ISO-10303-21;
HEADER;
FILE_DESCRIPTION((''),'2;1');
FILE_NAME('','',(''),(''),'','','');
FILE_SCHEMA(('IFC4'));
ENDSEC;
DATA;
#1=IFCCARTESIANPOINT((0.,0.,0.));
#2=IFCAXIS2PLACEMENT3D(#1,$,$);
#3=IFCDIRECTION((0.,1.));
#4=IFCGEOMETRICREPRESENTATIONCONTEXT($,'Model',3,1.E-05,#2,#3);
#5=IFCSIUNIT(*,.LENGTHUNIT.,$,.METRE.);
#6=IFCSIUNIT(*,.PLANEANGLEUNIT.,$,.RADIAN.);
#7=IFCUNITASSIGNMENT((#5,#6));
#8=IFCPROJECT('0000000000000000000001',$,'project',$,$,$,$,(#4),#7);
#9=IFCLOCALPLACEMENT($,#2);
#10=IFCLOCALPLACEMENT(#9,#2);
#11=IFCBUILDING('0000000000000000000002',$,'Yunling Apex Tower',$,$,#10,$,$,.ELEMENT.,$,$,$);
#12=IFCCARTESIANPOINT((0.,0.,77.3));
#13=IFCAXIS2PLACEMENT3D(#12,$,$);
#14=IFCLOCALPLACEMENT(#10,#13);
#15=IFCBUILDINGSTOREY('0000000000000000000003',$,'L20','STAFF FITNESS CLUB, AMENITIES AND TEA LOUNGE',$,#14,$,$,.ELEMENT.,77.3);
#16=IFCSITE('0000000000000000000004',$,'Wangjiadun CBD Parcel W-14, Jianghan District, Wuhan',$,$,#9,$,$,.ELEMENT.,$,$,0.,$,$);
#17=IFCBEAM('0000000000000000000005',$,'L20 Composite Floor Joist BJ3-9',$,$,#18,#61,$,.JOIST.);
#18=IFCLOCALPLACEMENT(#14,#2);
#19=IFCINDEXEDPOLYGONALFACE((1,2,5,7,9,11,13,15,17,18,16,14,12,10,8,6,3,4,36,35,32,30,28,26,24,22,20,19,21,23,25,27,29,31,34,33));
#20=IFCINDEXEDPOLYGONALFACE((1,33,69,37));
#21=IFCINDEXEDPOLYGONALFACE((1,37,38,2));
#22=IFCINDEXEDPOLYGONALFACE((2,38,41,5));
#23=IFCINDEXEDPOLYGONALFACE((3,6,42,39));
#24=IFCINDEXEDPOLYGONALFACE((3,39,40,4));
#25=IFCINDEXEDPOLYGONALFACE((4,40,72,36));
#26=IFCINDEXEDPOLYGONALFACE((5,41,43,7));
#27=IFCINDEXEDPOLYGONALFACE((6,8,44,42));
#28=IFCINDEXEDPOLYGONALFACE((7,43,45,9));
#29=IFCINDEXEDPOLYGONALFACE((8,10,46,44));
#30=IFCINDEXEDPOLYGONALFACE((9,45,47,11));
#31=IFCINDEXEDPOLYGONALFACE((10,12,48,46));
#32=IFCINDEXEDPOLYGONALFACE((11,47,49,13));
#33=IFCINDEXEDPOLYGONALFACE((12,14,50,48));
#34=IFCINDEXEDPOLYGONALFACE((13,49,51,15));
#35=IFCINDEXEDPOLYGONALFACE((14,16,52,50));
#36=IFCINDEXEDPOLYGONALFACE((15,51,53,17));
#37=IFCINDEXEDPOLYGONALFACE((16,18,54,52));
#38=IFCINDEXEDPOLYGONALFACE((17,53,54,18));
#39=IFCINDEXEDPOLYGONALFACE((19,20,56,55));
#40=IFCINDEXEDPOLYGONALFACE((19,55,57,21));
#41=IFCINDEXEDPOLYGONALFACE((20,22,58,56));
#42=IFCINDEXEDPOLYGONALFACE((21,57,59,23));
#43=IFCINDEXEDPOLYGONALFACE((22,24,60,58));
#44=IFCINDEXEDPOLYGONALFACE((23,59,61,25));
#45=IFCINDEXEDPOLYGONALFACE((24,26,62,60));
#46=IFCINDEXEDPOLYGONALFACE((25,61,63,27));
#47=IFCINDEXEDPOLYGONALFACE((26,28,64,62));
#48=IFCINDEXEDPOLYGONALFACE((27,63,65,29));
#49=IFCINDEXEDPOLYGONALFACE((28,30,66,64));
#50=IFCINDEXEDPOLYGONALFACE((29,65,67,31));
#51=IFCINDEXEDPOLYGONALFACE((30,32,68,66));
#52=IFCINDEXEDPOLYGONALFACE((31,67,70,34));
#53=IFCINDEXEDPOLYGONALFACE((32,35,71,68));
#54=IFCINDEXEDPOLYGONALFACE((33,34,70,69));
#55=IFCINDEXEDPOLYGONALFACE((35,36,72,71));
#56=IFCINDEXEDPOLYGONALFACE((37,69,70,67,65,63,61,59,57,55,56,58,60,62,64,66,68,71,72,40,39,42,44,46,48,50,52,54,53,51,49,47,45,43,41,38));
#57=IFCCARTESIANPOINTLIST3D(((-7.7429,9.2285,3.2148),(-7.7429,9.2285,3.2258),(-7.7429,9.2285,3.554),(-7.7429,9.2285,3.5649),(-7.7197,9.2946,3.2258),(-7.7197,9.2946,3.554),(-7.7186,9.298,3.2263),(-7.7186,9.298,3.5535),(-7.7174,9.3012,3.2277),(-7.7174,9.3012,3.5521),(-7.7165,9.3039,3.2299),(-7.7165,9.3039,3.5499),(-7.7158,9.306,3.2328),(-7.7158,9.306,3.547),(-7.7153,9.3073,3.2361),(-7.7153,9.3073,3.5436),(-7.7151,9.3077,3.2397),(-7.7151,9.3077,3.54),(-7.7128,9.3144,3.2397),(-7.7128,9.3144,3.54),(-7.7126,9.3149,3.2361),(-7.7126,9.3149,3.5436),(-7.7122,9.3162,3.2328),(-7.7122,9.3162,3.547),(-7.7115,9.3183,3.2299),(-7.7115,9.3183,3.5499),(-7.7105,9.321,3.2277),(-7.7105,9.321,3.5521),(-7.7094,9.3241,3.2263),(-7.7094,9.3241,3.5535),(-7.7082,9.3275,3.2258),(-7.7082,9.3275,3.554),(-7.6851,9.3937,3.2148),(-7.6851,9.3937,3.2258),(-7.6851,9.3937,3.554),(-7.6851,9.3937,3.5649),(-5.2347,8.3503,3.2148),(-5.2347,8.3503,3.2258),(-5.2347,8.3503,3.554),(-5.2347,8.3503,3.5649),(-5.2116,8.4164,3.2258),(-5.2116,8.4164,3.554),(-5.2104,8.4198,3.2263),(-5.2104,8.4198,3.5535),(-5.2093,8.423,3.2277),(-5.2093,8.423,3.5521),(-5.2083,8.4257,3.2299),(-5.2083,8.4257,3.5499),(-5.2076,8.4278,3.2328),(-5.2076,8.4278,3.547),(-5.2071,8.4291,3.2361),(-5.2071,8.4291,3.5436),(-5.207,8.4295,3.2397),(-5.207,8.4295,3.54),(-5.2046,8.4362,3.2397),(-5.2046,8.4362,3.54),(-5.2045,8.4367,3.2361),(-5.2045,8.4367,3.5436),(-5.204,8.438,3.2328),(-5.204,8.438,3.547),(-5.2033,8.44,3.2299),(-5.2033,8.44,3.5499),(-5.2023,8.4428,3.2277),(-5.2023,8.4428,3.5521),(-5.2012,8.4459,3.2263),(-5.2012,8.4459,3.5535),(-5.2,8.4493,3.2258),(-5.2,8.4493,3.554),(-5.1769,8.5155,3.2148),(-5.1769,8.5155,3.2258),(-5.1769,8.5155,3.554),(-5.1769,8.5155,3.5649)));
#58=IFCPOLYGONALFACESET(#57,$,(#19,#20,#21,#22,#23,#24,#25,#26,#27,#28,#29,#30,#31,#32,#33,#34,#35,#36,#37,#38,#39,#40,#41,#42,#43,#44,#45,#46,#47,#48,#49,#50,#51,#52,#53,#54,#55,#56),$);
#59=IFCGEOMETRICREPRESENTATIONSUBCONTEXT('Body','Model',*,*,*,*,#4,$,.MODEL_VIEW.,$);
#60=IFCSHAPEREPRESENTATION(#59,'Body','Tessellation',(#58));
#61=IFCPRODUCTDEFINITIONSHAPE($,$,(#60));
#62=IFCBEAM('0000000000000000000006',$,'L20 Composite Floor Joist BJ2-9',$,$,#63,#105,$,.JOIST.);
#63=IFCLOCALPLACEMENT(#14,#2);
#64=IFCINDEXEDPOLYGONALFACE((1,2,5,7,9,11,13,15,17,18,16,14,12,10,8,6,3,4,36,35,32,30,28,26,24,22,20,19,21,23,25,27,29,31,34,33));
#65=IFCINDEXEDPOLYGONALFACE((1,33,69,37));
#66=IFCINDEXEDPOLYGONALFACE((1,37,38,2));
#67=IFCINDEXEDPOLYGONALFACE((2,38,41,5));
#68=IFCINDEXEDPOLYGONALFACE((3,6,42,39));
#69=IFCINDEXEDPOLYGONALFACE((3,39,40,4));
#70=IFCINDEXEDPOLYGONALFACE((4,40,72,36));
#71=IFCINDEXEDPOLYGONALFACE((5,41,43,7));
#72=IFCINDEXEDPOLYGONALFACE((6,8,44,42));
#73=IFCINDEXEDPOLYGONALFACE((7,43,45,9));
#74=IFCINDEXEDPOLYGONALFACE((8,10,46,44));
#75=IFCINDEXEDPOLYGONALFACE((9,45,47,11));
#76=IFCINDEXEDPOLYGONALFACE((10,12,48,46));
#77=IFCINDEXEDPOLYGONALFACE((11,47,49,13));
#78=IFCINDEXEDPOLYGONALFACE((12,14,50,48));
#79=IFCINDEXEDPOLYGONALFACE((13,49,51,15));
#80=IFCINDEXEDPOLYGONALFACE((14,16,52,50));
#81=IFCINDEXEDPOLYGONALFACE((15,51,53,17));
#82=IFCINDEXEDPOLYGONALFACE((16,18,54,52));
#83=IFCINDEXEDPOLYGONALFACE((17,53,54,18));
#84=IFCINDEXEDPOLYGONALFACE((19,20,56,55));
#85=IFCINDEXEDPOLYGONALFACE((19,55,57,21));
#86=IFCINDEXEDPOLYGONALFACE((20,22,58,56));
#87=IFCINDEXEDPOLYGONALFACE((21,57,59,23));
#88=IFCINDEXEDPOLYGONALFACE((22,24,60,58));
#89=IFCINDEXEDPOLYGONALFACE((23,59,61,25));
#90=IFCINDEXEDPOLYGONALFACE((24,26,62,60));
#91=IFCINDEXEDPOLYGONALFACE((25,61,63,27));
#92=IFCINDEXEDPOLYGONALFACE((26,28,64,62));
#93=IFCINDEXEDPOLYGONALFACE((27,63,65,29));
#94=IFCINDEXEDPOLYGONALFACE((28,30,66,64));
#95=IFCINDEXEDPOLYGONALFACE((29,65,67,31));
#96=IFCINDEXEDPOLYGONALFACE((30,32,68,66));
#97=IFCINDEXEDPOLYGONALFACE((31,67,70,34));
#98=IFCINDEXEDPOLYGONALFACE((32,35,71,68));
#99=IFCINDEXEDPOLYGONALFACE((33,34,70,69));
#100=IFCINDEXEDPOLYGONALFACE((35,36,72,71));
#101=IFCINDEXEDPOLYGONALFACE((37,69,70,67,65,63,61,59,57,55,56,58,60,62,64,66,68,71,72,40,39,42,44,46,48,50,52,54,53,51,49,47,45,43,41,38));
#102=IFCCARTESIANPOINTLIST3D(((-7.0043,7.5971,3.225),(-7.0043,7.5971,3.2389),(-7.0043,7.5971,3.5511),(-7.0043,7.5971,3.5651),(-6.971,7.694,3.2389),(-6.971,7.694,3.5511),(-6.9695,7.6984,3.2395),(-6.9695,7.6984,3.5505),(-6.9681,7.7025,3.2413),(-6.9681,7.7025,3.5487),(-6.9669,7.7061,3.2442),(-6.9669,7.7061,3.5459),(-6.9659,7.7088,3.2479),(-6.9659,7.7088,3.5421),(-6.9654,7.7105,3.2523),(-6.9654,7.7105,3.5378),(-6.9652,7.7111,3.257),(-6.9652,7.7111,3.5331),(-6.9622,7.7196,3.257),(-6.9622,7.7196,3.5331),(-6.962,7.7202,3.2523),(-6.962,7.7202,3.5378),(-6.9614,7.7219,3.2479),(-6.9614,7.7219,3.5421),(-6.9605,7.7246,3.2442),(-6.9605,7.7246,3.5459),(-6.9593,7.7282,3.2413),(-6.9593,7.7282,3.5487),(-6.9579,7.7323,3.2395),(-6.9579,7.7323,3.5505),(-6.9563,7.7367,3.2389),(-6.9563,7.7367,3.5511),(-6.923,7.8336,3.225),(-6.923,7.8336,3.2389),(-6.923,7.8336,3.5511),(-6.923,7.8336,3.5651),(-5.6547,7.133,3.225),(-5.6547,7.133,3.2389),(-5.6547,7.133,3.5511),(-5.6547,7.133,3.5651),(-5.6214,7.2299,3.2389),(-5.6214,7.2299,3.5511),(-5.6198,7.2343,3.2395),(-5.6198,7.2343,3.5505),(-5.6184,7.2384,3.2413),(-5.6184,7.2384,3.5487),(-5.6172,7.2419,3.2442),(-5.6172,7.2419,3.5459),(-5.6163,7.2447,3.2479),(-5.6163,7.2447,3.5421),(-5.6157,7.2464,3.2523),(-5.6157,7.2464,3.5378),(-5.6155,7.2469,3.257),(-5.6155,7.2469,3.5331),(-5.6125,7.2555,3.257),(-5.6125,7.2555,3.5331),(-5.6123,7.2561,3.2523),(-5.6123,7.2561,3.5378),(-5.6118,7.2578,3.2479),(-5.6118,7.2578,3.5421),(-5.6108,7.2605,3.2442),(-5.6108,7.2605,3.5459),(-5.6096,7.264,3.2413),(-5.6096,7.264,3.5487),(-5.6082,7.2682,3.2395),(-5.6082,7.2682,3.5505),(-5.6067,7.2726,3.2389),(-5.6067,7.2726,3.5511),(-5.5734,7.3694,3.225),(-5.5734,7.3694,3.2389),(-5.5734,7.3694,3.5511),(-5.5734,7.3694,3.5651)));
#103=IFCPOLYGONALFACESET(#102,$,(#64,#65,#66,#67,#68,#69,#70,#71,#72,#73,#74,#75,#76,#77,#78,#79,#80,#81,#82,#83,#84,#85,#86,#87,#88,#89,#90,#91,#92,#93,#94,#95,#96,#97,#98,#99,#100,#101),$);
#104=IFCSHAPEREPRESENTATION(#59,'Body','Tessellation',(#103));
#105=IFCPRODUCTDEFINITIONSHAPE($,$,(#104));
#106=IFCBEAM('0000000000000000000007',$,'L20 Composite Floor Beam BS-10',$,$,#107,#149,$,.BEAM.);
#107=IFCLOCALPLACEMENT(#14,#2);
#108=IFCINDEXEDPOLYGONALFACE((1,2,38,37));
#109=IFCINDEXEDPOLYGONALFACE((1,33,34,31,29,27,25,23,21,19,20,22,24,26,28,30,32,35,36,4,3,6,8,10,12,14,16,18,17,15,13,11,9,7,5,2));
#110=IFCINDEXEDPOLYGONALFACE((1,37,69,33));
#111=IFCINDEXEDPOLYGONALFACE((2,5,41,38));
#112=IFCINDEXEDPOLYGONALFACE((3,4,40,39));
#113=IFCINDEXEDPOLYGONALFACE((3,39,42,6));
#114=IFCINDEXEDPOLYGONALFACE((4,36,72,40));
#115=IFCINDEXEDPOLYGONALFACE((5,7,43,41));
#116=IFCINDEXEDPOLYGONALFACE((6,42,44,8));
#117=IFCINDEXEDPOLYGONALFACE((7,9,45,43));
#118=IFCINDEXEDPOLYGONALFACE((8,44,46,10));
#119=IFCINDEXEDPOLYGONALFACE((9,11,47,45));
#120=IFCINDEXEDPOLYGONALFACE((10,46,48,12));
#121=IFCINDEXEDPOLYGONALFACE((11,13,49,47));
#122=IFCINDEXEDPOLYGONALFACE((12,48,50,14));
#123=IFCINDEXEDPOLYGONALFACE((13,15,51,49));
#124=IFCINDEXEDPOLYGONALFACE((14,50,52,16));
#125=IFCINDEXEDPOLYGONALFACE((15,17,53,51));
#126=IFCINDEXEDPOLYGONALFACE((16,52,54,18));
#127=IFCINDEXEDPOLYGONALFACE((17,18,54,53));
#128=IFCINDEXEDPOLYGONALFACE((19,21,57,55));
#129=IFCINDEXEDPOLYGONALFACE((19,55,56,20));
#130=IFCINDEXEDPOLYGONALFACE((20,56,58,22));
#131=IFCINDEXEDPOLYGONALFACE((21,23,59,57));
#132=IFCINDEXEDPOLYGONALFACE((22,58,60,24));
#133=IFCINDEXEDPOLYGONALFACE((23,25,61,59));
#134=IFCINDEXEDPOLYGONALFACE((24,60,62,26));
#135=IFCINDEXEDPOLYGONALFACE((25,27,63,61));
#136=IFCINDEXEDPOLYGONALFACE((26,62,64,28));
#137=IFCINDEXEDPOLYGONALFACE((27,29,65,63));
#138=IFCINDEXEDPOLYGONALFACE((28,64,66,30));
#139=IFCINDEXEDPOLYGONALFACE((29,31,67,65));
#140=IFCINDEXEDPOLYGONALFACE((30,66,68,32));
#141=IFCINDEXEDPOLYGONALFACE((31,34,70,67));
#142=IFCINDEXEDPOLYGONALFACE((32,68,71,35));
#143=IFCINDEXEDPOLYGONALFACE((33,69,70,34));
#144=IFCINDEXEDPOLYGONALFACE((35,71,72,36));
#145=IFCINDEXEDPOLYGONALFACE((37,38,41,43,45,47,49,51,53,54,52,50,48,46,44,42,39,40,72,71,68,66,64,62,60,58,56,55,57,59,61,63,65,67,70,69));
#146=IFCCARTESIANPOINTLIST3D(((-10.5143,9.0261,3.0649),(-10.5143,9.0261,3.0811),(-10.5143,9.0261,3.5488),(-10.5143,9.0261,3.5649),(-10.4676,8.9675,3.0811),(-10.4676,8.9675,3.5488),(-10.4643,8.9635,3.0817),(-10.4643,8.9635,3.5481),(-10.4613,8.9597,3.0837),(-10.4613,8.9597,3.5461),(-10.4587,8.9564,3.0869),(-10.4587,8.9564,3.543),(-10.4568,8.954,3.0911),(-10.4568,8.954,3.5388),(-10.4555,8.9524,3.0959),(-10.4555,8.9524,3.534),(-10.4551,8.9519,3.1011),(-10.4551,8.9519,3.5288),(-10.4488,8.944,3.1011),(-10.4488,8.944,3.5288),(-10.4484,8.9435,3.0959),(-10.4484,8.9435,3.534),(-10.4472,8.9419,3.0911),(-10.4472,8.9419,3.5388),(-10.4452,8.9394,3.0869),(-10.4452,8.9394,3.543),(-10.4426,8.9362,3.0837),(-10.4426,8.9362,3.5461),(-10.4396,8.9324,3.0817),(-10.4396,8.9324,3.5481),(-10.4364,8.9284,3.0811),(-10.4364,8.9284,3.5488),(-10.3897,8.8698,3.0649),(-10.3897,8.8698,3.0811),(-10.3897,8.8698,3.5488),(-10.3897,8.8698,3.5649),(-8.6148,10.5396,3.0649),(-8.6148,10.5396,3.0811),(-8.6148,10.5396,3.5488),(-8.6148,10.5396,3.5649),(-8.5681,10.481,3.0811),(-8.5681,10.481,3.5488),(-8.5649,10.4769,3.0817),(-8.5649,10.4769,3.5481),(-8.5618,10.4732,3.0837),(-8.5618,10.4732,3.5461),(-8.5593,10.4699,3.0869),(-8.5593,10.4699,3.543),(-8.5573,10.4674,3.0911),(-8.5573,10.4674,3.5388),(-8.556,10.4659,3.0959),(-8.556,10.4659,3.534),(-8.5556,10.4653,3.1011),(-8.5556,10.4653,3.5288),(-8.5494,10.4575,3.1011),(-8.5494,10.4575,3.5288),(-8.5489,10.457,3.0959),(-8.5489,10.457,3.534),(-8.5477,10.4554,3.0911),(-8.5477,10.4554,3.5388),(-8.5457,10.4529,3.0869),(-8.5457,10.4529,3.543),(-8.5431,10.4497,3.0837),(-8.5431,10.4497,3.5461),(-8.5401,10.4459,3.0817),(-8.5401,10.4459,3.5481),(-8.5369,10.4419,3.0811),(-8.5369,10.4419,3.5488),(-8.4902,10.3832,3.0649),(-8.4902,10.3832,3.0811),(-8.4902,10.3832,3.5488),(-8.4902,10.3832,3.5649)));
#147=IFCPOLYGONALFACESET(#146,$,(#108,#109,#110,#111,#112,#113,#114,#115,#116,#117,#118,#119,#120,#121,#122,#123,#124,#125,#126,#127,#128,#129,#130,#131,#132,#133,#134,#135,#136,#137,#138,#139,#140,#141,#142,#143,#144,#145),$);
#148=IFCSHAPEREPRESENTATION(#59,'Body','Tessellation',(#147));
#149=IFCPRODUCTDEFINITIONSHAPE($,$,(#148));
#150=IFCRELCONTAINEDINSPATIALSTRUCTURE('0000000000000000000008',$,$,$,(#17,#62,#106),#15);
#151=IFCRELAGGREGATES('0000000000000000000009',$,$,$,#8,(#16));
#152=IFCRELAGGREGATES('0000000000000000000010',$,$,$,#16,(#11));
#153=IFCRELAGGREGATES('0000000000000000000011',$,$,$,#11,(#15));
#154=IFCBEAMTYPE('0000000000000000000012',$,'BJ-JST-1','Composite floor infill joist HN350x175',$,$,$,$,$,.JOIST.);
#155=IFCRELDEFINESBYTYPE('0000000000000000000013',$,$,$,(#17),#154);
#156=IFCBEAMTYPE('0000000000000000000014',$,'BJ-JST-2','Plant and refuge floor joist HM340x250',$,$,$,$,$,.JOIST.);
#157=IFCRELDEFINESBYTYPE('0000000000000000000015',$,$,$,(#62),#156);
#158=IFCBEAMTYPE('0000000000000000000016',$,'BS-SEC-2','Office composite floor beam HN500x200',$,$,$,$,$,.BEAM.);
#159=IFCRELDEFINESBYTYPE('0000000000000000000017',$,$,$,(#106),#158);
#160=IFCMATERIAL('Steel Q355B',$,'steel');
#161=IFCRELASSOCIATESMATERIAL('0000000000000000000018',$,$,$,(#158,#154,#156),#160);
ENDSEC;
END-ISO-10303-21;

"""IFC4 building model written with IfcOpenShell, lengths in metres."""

from ifc_helpers import new_model, si_unit, direction, frame, origin, origin_2d, place, context, subcontext, project, spatial, i_section, extrude, source, transform, mapped, material, material_profile, profile_set, type_object, element, save


model = new_model("IFC4")

# Units and contexts
model_context = context("Model", 3, precision=1e-05, world=origin(), true_north=direction((0.0, 1.0)))
body_context = subcontext(model_context, "Body", "Model", "MODEL_VIEW")
ifc_project = project(units=[si_unit("LENGTHUNIT", "METRE"), si_unit("PLANEANGLEUNIT", "RADIAN")], contexts=[model_context])

# Site, building, storey
site_placement = place(None, origin())
site = spatial("IfcSite", under=ifc_project, at=site_placement, Name="Wangjiadun CBD Parcel W-14, Jianghan District, Wuhan", CompositionType="ELEMENT", RefElevation=0.0)
building_placement = place(site_placement, origin())
building = spatial("IfcBuilding", under=site, at=building_placement, Name="Yunling Apex Tower", CompositionType="ELEMENT")
storey_placement = place(building_placement, frame((0.0, 0.0, 77.3)))
storey = spatial("IfcBuildingStorey", under=building, at=storey_placement, Name="L20", Description="STAFF FITNESS CLUB, AMENITIES AND TEA LOUNGE", CompositionType="ELEMENT", Elevation=77.3)

# Beams
ifc_material_1 = material(Name="Steel Q355B", Category="steel")
ifc_material_profile_1 = material_profile(ifc_material_1, i_section(OverallWidth=0.2, OverallDepth=0.5, WebThickness=0.01, FlangeThickness=0.0161, FilletRadius=0.02, at=origin_2d()))
ifc_profile_set_1 = profile_set([ifc_material_profile_1], Name="Steel Q355B")
beam_type_1 = type_object("IfcBeamType", Name="BS-SEC-2", Description="Office composite floor beam HN500x200", PredefinedType="BEAM", material=ifc_profile_set_1)
ifc_material_profile_2 = material_profile(ifc_material_1, i_section(OverallWidth=0.175, OverallDepth=0.3501, WebThickness=0.0071, FlangeThickness=0.011, FilletRadius=0.0139, at=origin_2d()))
ifc_profile_set_2 = profile_set([ifc_material_profile_2], Name="Steel Q355B")
beam_type_2 = type_object("IfcBeamType", Name="BJ-JST-1", Description="Composite floor infill joist HN350x175", PredefinedType="JOIST", material=ifc_profile_set_2)
shared_shape_1 = source(origin(), body_context, "Body", "SweptSolid", [
    extrude(i_section(OverallWidth=0.175, OverallDepth=0.3501, WebThickness=0.0071, FlangeThickness=0.011, FilletRadius=0.0139, at=origin_2d()), origin(), (0.0, 0.0, 1.0), 2.6575),
])
beam_1_placement = place(storey_placement, frame((-5.2058, 8.4329, 3.3899), z_axis=(-0.943817, 0.330469, 0.0), x_axis=(-0.330469, -0.943817, 0.0)))
element("IfcBeam", 1, at=beam_1_placement, inside=storey, type_object=beam_type_2, Name="L20 Composite Floor Joist BJ3-9", PredefinedType="JOIST", context=body_context, shape_type="MappedRepresentation", body=[
    mapped(shared_shape_1, transform((0.0, 0.0, 0.0), scale=1.0)),
])
ifc_material_profile_3 = material_profile(ifc_material_1, i_section(OverallWidth=0.25, OverallDepth=0.3401, WebThickness=0.009, FlangeThickness=0.0139, FilletRadius=0.0181, at=origin_2d()))
ifc_profile_set_3 = profile_set([ifc_material_profile_3], Name="Steel Q355B")
beam_type_3 = type_object("IfcBeamType", Name="BJ-JST-2", Description="Plant and refuge floor joist HM340x250", PredefinedType="JOIST", material=ifc_profile_set_3)
shared_shape_2 = source(origin(), body_context, "Body", "SweptSolid", [
    extrude(i_section(OverallWidth=0.25, OverallDepth=0.3401, WebThickness=0.009, FlangeThickness=0.0139, FilletRadius=0.0181, at=origin_2d()), origin(), (0.0, 0.0, 1.0), 1.4272),
])
beam_2_placement = place(storey_placement, frame((-5.614, 7.2512, 3.395), z_axis=(-0.945647, 0.325195, 0.0), x_axis=(-0.325195, -0.945647, 0.0)))
element("IfcBeam", 2, at=beam_2_placement, inside=storey, type_object=beam_type_3, Name="L20 Composite Floor Joist BJ2-9", PredefinedType="JOIST", context=body_context, shape_type="MappedRepresentation", body=[
    mapped(shared_shape_2, transform((0.0, 0.0, 0.0), scale=1.0)),
])
shared_shape_3 = source(origin(), body_context, "Body", "SweptSolid", [
    extrude(i_section(OverallWidth=0.2, OverallDepth=0.5, WebThickness=0.01, FlangeThickness=0.0161, FilletRadius=0.02, at=origin_2d()), origin(), (0.0, 0.0, 1.0), 2.4287),
])
beam_3_placement = place(storey_placement, frame((-8.5525, 10.4614, 3.3149), z_axis=(-0.782093, -0.623161, 0.0), x_axis=(0.623161, -0.782093, 0.0)))
element("IfcBeam", 3, at=beam_3_placement, inside=storey, type_object=beam_type_1, Name="L20 Composite Floor Beam BS-10", PredefinedType="BEAM", context=body_context, shape_type="MappedRepresentation", body=[
    mapped(shared_shape_3, transform((0.0, 0.0, 0.0), scale=1.0)),
])

save(model, "model.ifc")
